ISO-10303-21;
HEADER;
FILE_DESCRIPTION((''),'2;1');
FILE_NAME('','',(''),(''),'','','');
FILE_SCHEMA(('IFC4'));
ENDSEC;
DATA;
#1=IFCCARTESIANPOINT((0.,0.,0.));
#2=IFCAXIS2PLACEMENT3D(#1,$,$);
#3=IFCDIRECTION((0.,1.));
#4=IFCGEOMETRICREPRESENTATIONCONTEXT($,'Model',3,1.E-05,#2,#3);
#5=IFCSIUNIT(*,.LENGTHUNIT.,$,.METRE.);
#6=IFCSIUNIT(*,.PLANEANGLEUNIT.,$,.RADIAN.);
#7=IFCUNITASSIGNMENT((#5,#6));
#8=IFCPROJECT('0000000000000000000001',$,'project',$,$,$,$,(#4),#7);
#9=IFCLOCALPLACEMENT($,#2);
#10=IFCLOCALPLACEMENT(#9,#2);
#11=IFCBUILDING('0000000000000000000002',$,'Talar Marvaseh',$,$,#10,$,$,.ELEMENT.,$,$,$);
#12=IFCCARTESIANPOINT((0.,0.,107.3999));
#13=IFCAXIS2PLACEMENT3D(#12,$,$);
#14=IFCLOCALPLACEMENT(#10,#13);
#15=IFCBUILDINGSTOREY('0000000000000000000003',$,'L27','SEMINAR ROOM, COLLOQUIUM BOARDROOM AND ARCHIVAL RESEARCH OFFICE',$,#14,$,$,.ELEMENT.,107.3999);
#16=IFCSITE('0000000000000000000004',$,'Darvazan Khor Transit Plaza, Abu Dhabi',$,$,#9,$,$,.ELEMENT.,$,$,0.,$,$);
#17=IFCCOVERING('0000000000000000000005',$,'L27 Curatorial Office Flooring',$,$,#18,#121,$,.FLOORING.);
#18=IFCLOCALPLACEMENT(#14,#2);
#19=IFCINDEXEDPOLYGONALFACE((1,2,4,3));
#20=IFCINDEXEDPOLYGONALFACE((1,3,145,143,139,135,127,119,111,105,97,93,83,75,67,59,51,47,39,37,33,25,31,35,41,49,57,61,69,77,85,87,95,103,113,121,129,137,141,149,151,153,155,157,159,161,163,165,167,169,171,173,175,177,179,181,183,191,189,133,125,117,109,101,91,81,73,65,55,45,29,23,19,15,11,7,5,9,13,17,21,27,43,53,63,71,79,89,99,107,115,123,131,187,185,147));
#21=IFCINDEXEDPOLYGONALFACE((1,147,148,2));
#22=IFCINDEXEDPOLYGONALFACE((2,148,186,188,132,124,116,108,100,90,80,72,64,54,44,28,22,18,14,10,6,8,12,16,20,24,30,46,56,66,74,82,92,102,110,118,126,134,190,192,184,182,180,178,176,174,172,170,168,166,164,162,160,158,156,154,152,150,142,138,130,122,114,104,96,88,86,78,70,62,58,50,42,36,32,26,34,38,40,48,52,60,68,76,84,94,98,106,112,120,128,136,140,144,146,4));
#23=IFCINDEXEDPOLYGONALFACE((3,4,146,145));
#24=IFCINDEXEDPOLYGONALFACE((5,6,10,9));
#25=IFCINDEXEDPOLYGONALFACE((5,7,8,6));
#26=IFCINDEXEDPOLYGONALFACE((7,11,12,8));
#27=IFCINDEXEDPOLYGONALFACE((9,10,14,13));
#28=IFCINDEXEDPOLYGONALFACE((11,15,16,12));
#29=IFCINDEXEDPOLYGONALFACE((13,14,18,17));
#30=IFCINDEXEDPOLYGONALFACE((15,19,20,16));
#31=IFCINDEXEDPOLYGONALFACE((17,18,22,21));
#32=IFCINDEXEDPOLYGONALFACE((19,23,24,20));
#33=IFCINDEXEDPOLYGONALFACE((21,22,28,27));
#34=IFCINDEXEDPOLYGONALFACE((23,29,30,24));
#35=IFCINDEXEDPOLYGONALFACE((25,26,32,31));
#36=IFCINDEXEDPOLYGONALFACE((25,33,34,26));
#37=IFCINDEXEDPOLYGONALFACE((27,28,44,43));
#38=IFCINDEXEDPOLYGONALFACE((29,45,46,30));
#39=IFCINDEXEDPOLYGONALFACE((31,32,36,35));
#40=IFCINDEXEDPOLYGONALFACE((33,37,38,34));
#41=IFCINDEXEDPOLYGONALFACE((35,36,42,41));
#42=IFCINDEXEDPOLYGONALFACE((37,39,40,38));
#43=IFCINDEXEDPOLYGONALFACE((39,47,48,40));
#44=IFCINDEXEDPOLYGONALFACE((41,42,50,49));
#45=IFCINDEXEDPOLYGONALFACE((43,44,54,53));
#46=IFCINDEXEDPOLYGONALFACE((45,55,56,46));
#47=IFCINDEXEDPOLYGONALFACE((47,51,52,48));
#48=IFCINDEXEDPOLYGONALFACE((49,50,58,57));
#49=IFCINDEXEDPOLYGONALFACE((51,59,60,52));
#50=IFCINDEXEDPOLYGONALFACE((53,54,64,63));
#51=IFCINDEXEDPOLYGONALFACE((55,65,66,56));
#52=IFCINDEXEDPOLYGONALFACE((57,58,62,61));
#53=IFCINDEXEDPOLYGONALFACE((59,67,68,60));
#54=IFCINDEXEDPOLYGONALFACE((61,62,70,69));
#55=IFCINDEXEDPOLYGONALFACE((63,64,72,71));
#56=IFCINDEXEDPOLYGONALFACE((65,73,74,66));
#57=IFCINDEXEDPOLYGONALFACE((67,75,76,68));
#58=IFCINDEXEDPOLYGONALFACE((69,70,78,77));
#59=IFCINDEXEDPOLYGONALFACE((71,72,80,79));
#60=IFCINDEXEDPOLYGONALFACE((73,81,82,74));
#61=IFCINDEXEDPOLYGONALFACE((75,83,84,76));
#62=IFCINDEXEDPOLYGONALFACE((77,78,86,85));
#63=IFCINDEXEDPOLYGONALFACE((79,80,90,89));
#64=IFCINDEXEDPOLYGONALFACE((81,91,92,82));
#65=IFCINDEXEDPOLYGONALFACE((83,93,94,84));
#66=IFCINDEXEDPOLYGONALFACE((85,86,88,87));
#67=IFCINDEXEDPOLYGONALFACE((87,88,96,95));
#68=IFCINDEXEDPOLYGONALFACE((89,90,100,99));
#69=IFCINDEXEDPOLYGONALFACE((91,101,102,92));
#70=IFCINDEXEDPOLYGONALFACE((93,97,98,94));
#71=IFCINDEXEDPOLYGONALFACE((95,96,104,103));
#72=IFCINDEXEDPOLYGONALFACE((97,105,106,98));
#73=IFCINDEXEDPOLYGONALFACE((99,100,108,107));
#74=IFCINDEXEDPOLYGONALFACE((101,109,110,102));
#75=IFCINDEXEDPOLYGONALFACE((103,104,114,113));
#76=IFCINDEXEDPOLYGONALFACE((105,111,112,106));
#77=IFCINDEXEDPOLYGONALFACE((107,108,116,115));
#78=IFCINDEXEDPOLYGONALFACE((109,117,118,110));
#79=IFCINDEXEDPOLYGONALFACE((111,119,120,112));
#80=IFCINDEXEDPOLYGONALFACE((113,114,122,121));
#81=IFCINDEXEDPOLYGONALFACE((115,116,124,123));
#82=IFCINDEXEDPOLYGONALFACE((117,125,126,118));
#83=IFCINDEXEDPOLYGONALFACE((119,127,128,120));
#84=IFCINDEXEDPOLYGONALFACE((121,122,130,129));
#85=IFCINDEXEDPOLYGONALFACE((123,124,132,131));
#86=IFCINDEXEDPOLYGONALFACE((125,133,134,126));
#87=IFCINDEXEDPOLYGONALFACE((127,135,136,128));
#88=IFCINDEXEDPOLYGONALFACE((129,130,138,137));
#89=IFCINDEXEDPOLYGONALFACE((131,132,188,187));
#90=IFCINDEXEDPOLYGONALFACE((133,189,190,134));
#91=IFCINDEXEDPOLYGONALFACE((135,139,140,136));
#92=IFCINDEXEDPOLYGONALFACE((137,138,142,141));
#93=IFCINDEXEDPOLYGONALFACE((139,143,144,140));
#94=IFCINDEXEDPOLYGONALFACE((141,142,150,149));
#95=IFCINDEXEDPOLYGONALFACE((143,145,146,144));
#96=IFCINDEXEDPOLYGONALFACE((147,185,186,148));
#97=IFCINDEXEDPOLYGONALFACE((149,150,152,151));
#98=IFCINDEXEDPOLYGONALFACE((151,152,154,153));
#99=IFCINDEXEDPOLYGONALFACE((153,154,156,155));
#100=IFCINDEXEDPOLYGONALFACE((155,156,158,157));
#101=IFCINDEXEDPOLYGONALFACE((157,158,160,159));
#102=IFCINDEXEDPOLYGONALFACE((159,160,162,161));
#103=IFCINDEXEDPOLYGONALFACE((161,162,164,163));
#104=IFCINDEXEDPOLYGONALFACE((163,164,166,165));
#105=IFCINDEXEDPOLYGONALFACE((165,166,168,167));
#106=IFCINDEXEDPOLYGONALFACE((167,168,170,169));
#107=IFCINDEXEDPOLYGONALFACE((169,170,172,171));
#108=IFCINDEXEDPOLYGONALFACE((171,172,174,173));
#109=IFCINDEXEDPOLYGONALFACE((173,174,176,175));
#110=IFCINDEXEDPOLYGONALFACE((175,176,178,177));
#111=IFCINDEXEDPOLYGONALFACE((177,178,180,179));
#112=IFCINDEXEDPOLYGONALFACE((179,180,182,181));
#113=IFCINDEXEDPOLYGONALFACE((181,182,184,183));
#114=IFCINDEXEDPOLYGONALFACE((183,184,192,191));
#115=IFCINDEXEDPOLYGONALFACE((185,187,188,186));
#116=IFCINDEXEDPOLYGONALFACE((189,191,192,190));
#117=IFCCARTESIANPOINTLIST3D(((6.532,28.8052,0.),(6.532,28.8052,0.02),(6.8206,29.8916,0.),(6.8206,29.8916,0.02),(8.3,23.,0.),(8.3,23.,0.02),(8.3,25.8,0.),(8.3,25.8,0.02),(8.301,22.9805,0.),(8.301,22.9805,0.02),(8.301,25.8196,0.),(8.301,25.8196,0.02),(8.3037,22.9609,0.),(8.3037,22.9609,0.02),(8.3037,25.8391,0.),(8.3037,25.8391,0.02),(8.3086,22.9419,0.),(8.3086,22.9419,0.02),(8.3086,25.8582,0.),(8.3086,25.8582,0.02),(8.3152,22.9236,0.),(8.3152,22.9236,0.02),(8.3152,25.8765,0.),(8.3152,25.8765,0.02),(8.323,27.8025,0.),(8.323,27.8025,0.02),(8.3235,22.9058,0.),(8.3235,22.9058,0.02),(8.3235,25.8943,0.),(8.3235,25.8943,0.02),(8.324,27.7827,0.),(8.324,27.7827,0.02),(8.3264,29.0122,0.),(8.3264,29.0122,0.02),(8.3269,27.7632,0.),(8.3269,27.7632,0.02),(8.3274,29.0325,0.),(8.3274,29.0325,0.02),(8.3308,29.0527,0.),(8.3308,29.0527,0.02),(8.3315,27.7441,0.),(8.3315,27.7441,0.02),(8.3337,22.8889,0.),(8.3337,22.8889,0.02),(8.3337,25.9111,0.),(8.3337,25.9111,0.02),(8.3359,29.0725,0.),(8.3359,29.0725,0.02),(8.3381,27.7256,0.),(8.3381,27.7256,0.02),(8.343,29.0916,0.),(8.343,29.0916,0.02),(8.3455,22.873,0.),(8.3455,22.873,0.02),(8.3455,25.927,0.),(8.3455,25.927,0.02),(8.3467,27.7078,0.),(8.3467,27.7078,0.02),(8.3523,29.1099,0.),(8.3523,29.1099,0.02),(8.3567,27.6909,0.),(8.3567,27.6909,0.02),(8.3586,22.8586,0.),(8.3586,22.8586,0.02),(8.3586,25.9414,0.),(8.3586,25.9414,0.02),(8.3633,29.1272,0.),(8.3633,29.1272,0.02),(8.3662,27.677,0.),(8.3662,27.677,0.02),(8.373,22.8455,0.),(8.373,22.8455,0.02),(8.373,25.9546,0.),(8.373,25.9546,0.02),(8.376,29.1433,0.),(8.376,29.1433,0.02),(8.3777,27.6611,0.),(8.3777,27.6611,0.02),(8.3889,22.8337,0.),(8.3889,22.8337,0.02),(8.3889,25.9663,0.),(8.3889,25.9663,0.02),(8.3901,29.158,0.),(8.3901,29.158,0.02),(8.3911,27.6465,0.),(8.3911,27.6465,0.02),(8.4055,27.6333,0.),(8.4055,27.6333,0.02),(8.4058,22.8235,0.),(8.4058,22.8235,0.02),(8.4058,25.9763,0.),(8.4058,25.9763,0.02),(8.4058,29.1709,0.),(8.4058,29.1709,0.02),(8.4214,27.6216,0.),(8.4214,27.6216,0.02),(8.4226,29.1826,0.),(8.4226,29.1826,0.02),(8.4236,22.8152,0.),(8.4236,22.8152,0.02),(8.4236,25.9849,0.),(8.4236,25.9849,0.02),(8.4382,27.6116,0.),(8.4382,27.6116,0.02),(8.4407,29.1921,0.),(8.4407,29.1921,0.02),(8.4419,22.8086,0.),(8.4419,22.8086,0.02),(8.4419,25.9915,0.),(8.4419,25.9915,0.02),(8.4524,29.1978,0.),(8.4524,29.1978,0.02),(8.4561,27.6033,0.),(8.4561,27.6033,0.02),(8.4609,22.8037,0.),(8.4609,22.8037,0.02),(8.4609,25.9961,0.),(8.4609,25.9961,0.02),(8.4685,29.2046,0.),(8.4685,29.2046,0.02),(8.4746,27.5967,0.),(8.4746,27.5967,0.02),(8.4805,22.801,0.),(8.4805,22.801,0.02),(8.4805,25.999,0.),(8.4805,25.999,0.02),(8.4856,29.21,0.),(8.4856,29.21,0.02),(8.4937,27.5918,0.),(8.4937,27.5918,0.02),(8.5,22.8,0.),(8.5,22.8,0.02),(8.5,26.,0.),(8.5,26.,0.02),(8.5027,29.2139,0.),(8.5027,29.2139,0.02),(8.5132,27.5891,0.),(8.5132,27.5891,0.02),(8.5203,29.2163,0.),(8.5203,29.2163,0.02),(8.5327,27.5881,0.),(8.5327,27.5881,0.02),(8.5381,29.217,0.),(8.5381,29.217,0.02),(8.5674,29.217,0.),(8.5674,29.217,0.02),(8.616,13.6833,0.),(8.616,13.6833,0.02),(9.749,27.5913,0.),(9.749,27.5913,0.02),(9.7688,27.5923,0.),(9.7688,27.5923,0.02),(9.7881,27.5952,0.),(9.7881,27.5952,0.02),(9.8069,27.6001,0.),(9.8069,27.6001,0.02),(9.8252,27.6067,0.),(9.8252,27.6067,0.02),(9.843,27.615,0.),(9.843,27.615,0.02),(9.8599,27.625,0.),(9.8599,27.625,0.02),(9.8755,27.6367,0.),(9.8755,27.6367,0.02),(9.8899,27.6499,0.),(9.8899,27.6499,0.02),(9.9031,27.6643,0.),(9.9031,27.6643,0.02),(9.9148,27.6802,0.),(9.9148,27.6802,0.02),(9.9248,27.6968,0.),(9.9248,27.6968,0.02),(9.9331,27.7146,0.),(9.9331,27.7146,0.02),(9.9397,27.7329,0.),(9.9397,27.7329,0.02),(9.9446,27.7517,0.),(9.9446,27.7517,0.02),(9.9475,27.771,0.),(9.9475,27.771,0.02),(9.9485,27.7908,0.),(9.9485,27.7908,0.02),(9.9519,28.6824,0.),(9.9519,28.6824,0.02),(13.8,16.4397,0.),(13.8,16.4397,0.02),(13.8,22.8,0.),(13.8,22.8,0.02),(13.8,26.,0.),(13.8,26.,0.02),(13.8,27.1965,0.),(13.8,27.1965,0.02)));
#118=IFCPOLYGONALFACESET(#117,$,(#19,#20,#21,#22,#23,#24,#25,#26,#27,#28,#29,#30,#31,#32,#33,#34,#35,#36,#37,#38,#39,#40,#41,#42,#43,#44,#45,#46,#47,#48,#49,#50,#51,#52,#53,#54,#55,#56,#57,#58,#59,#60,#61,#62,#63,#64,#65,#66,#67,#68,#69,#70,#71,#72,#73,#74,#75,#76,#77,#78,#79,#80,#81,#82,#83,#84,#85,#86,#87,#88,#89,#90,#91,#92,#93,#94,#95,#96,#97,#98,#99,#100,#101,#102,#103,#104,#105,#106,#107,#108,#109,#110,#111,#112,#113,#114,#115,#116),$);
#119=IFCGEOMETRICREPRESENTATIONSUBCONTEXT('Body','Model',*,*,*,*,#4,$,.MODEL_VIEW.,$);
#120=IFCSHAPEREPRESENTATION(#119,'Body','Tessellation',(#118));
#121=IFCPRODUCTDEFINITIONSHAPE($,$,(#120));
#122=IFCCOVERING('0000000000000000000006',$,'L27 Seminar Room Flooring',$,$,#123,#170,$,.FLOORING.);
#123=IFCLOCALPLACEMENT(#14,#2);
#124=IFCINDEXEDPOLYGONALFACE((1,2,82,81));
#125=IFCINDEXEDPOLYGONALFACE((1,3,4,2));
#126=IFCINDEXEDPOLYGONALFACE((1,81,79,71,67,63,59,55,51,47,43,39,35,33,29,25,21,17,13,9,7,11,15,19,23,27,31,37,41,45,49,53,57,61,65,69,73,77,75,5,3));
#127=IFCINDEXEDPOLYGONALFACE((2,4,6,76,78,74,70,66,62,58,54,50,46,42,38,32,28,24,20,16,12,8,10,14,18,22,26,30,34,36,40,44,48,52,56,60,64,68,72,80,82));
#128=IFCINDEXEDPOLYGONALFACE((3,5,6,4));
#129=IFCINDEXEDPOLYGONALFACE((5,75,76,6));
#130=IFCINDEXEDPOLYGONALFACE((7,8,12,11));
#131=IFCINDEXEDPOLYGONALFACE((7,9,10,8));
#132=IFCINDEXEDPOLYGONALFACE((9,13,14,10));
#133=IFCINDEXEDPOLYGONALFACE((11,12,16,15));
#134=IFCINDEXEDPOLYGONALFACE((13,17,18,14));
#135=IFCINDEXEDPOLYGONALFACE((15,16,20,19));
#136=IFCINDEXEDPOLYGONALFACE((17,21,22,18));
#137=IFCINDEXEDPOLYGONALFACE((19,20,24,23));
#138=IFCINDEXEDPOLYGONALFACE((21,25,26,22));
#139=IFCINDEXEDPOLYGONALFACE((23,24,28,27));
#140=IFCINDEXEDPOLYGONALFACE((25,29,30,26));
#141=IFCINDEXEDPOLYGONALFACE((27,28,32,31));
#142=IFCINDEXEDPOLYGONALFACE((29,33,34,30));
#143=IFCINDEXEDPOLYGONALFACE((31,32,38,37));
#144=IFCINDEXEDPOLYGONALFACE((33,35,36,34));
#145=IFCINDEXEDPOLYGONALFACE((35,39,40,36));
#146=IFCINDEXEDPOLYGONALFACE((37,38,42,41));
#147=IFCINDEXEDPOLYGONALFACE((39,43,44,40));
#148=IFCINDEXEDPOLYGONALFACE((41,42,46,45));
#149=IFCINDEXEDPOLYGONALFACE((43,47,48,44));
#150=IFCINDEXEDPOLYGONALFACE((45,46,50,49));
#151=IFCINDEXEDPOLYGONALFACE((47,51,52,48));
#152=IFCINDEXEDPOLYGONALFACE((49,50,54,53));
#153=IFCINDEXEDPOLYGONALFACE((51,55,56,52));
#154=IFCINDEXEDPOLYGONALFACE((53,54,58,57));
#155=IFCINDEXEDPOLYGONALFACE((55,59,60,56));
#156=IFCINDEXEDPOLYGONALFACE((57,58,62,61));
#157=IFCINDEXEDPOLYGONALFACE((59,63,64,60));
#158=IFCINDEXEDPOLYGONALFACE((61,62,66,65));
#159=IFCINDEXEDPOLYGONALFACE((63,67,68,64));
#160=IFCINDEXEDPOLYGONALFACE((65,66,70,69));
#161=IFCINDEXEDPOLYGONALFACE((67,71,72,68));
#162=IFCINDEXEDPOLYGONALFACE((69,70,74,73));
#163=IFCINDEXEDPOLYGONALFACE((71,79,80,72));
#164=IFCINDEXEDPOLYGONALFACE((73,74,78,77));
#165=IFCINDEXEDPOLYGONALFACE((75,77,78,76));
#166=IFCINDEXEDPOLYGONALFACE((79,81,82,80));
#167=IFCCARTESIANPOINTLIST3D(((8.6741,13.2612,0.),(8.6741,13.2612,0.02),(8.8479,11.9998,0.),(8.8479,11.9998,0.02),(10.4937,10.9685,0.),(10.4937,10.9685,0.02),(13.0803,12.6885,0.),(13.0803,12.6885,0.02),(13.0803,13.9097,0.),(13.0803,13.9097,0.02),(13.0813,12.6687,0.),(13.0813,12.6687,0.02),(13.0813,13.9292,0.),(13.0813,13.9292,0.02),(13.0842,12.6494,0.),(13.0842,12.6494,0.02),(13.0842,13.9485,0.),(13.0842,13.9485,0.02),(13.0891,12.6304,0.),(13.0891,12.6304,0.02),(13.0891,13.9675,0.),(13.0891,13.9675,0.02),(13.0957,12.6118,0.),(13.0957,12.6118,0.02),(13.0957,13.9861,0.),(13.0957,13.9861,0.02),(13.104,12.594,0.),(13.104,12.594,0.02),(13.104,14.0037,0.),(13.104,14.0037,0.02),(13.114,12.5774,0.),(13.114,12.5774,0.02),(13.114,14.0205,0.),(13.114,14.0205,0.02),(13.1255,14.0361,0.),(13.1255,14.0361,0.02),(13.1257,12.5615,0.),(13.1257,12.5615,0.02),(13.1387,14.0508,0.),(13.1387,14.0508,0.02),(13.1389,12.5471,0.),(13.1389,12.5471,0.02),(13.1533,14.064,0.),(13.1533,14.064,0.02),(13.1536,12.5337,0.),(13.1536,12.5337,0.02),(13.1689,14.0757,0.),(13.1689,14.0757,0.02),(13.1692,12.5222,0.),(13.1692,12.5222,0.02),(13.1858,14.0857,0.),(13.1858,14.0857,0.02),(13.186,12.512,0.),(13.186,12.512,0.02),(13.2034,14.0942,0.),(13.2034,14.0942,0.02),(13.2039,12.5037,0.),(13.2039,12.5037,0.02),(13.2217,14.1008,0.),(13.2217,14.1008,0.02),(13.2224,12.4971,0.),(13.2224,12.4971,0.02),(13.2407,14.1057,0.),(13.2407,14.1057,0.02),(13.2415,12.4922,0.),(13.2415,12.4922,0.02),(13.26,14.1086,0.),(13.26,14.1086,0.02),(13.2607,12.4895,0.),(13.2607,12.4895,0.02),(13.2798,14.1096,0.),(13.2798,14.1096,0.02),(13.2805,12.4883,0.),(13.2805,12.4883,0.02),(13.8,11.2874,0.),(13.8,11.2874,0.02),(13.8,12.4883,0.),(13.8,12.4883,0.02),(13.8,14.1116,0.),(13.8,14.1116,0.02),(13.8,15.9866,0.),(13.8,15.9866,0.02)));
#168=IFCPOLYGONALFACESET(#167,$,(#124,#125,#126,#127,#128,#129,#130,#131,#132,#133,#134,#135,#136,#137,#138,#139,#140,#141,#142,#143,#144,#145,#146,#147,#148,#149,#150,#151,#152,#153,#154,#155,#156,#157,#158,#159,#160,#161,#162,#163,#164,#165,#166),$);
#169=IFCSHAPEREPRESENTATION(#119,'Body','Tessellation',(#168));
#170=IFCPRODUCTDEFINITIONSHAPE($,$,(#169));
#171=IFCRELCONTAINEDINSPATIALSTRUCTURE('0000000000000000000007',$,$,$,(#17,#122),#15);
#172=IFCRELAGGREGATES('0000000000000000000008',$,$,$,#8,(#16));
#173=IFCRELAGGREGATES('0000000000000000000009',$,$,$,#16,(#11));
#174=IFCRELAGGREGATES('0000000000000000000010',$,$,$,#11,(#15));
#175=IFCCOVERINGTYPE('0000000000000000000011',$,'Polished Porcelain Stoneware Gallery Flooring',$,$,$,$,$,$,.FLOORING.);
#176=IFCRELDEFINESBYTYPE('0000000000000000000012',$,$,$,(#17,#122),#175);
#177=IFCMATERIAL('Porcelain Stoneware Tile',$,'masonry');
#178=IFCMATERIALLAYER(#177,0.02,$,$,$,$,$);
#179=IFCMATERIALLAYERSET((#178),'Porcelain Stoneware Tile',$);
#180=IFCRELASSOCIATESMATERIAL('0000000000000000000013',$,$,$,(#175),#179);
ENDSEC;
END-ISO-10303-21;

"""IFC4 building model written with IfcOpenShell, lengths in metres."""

from ifc_helpers import new_model, si_unit, direction, frame, origin, place, context, subcontext, project, spatial, polyline, outline, extrude, material, layer, layer_set, type_object, element, save


model = new_model("IFC4")

# Units and contexts
model_context = context("Model", 3, precision=1e-05, world=origin(), true_north=direction((0.0, 1.0)))
body_context = subcontext(model_context, "Body", "Model", "MODEL_VIEW")
ifc_project = project(units=[si_unit("LENGTHUNIT", "METRE"), si_unit("PLANEANGLEUNIT", "RADIAN")], contexts=[model_context])

# Site, building, storey
site_placement = place(None, origin())
site = spatial("IfcSite", under=ifc_project, at=site_placement, Name="Darvazan Khor Transit Plaza, Abu Dhabi", CompositionType="ELEMENT", RefElevation=0.0)
building_placement = place(site_placement, origin())
building = spatial("IfcBuilding", under=site, at=building_placement, Name="Talar Marvaseh", CompositionType="ELEMENT")
storey_placement = place(building_placement, frame((0.0, 0.0, 107.3999)))
storey = spatial("IfcBuildingStorey", under=building, at=storey_placement, Name="L27", Description="SEMINAR ROOM, COLLOQUIUM BOARDROOM AND ARCHIVAL RESEARCH OFFICE", CompositionType="ELEMENT", Elevation=107.3999)

# Coverings
ifc_material_1 = material(Name="Porcelain Stoneware Tile", Category="masonry")
ifc_layer_1 = layer(ifc_material_1, 0.02)
ifc_layer_set_1 = layer_set([ifc_layer_1], Name="Porcelain Stoneware Tile")
covering_type_1 = type_object("IfcCoveringType", Name="Polished Porcelain Stoneware Gallery Flooring", PredefinedType="FLOORING", material=ifc_layer_set_1)
covering_1_placement = place(storey_placement, origin())
element("IfcCovering", 1, at=covering_1_placement, inside=storey, type_object=covering_type_1, Name="L27 Curatorial Office Flooring", PredefinedType="FLOORING", context=body_context, shape_type="SweptSolid", body=[
    extrude(outline(polyline([(6.8206, 29.8916), (8.5674, 29.217), (8.5381, 29.217), (8.5203, 29.2163), (8.5027, 29.2139), (8.4856, 29.21), (8.4685, 29.2046), (8.4524, 29.1978), (8.4407, 29.1921), (8.4226, 29.1826), (8.4058, 29.1709), (8.3901, 29.158), (8.376, 29.1433), (8.3633, 29.1272), (8.3523, 29.1099), (8.343, 29.0916), (8.3359, 29.0725), (8.3308, 29.0527), (8.3274, 29.0325), (8.3264, 29.0122), (8.323, 27.8025), (8.324, 27.7827), (8.3269, 27.7632), (8.3315, 27.7441), (8.3381, 27.7256), (8.3467, 27.7078), (8.3567, 27.6909), (8.3662, 27.677), (8.3777, 27.6611), (8.3911, 27.6465), (8.4055, 27.6333), (8.4214, 27.6216), (8.4382, 27.6116), (8.4561, 27.6033), (8.4746, 27.5967), (8.4937, 27.5918), (8.5132, 27.5891), (8.5327, 27.5881), (9.749, 27.5913), (9.7688, 27.5923), (9.7881, 27.5952), (9.8069, 27.6001), (9.8252, 27.6067), (9.843, 27.615), (9.8599, 27.625), (9.8755, 27.6367), (9.8899, 27.6499), (9.9031, 27.6643), (9.9148, 27.6802), (9.9248, 27.6968), (9.9331, 27.7146), (9.9397, 27.7329), (9.9446, 27.7517), (9.9475, 27.771), (9.9485, 27.7908), (9.9519, 28.6824), (13.8, 27.1965), (13.8, 26.0), (8.5, 26.0), (8.4805, 25.999), (8.4609, 25.9961), (8.4419, 25.9915), (8.4236, 25.9849), (8.4058, 25.9763), (8.3889, 25.9663), (8.373, 25.9546), (8.3586, 25.9414), (8.3455, 25.927), (8.3337, 25.9111), (8.3235, 25.8943), (8.3152, 25.8765), (8.3086, 25.8582), (8.3037, 25.8391), (8.301, 25.8196), (8.3, 25.8), (8.3, 23.0), (8.301, 22.9805), (8.3037, 22.9609), (8.3086, 22.9419), (8.3152, 22.9236), (8.3235, 22.9058), (8.3337, 22.8889), (8.3455, 22.873), (8.3586, 22.8586), (8.373, 22.8455), (8.3889, 22.8337), (8.4058, 22.8235), (8.4236, 22.8152), (8.4419, 22.8086), (8.4609, 22.8037), (8.4805, 22.801), (8.5, 22.8), (13.8, 22.8), (13.8, 16.4397), (8.616, 13.6833), (6.532, 28.8052), (6.8206, 29.8916)])), origin(), (0.0, 0.0, 1.0), 0.02),
])
covering_2_placement = place(storey_placement, origin())
element("IfcCovering", 2, at=covering_2_placement, inside=storey, type_object=covering_type_1, Name="L27 Seminar Room Flooring", PredefinedType="FLOORING", context=body_context, shape_type="SweptSolid", body=[
    extrude(outline(polyline([(13.8, 14.1116), (13.2798, 14.1096), (13.26, 14.1086), (13.2407, 14.1057), (13.2217, 14.1008), (13.2034, 14.0942), (13.1858, 14.0857), (13.1689, 14.0757), (13.1533, 14.064), (13.1387, 14.0508), (13.1255, 14.0361), (13.114, 14.0205), (13.104, 14.0037), (13.0957, 13.9861), (13.0891, 13.9675), (13.0842, 13.9485), (13.0813, 13.9292), (13.0803, 13.9097), (13.0803, 12.6885), (13.0813, 12.6687), (13.0842, 12.6494), (13.0891, 12.6304), (13.0957, 12.6118), (13.104, 12.594), (13.114, 12.5774), (13.1257, 12.5615), (13.1389, 12.5471), (13.1536, 12.5337), (13.1692, 12.5222), (13.186, 12.512), (13.2039, 12.5037), (13.2224, 12.4971), (13.2415, 12.4922), (13.2607, 12.4895), (13.2805, 12.4883), (13.8, 12.4883), (13.8, 11.2874), (10.4937, 10.9685), (8.8479, 11.9998), (8.6741, 13.2612), (13.8, 15.9866), (13.8, 14.1116)])), origin(), (0.0, 0.0, 1.0), 0.02),
])

save(model, "model.ifc")
